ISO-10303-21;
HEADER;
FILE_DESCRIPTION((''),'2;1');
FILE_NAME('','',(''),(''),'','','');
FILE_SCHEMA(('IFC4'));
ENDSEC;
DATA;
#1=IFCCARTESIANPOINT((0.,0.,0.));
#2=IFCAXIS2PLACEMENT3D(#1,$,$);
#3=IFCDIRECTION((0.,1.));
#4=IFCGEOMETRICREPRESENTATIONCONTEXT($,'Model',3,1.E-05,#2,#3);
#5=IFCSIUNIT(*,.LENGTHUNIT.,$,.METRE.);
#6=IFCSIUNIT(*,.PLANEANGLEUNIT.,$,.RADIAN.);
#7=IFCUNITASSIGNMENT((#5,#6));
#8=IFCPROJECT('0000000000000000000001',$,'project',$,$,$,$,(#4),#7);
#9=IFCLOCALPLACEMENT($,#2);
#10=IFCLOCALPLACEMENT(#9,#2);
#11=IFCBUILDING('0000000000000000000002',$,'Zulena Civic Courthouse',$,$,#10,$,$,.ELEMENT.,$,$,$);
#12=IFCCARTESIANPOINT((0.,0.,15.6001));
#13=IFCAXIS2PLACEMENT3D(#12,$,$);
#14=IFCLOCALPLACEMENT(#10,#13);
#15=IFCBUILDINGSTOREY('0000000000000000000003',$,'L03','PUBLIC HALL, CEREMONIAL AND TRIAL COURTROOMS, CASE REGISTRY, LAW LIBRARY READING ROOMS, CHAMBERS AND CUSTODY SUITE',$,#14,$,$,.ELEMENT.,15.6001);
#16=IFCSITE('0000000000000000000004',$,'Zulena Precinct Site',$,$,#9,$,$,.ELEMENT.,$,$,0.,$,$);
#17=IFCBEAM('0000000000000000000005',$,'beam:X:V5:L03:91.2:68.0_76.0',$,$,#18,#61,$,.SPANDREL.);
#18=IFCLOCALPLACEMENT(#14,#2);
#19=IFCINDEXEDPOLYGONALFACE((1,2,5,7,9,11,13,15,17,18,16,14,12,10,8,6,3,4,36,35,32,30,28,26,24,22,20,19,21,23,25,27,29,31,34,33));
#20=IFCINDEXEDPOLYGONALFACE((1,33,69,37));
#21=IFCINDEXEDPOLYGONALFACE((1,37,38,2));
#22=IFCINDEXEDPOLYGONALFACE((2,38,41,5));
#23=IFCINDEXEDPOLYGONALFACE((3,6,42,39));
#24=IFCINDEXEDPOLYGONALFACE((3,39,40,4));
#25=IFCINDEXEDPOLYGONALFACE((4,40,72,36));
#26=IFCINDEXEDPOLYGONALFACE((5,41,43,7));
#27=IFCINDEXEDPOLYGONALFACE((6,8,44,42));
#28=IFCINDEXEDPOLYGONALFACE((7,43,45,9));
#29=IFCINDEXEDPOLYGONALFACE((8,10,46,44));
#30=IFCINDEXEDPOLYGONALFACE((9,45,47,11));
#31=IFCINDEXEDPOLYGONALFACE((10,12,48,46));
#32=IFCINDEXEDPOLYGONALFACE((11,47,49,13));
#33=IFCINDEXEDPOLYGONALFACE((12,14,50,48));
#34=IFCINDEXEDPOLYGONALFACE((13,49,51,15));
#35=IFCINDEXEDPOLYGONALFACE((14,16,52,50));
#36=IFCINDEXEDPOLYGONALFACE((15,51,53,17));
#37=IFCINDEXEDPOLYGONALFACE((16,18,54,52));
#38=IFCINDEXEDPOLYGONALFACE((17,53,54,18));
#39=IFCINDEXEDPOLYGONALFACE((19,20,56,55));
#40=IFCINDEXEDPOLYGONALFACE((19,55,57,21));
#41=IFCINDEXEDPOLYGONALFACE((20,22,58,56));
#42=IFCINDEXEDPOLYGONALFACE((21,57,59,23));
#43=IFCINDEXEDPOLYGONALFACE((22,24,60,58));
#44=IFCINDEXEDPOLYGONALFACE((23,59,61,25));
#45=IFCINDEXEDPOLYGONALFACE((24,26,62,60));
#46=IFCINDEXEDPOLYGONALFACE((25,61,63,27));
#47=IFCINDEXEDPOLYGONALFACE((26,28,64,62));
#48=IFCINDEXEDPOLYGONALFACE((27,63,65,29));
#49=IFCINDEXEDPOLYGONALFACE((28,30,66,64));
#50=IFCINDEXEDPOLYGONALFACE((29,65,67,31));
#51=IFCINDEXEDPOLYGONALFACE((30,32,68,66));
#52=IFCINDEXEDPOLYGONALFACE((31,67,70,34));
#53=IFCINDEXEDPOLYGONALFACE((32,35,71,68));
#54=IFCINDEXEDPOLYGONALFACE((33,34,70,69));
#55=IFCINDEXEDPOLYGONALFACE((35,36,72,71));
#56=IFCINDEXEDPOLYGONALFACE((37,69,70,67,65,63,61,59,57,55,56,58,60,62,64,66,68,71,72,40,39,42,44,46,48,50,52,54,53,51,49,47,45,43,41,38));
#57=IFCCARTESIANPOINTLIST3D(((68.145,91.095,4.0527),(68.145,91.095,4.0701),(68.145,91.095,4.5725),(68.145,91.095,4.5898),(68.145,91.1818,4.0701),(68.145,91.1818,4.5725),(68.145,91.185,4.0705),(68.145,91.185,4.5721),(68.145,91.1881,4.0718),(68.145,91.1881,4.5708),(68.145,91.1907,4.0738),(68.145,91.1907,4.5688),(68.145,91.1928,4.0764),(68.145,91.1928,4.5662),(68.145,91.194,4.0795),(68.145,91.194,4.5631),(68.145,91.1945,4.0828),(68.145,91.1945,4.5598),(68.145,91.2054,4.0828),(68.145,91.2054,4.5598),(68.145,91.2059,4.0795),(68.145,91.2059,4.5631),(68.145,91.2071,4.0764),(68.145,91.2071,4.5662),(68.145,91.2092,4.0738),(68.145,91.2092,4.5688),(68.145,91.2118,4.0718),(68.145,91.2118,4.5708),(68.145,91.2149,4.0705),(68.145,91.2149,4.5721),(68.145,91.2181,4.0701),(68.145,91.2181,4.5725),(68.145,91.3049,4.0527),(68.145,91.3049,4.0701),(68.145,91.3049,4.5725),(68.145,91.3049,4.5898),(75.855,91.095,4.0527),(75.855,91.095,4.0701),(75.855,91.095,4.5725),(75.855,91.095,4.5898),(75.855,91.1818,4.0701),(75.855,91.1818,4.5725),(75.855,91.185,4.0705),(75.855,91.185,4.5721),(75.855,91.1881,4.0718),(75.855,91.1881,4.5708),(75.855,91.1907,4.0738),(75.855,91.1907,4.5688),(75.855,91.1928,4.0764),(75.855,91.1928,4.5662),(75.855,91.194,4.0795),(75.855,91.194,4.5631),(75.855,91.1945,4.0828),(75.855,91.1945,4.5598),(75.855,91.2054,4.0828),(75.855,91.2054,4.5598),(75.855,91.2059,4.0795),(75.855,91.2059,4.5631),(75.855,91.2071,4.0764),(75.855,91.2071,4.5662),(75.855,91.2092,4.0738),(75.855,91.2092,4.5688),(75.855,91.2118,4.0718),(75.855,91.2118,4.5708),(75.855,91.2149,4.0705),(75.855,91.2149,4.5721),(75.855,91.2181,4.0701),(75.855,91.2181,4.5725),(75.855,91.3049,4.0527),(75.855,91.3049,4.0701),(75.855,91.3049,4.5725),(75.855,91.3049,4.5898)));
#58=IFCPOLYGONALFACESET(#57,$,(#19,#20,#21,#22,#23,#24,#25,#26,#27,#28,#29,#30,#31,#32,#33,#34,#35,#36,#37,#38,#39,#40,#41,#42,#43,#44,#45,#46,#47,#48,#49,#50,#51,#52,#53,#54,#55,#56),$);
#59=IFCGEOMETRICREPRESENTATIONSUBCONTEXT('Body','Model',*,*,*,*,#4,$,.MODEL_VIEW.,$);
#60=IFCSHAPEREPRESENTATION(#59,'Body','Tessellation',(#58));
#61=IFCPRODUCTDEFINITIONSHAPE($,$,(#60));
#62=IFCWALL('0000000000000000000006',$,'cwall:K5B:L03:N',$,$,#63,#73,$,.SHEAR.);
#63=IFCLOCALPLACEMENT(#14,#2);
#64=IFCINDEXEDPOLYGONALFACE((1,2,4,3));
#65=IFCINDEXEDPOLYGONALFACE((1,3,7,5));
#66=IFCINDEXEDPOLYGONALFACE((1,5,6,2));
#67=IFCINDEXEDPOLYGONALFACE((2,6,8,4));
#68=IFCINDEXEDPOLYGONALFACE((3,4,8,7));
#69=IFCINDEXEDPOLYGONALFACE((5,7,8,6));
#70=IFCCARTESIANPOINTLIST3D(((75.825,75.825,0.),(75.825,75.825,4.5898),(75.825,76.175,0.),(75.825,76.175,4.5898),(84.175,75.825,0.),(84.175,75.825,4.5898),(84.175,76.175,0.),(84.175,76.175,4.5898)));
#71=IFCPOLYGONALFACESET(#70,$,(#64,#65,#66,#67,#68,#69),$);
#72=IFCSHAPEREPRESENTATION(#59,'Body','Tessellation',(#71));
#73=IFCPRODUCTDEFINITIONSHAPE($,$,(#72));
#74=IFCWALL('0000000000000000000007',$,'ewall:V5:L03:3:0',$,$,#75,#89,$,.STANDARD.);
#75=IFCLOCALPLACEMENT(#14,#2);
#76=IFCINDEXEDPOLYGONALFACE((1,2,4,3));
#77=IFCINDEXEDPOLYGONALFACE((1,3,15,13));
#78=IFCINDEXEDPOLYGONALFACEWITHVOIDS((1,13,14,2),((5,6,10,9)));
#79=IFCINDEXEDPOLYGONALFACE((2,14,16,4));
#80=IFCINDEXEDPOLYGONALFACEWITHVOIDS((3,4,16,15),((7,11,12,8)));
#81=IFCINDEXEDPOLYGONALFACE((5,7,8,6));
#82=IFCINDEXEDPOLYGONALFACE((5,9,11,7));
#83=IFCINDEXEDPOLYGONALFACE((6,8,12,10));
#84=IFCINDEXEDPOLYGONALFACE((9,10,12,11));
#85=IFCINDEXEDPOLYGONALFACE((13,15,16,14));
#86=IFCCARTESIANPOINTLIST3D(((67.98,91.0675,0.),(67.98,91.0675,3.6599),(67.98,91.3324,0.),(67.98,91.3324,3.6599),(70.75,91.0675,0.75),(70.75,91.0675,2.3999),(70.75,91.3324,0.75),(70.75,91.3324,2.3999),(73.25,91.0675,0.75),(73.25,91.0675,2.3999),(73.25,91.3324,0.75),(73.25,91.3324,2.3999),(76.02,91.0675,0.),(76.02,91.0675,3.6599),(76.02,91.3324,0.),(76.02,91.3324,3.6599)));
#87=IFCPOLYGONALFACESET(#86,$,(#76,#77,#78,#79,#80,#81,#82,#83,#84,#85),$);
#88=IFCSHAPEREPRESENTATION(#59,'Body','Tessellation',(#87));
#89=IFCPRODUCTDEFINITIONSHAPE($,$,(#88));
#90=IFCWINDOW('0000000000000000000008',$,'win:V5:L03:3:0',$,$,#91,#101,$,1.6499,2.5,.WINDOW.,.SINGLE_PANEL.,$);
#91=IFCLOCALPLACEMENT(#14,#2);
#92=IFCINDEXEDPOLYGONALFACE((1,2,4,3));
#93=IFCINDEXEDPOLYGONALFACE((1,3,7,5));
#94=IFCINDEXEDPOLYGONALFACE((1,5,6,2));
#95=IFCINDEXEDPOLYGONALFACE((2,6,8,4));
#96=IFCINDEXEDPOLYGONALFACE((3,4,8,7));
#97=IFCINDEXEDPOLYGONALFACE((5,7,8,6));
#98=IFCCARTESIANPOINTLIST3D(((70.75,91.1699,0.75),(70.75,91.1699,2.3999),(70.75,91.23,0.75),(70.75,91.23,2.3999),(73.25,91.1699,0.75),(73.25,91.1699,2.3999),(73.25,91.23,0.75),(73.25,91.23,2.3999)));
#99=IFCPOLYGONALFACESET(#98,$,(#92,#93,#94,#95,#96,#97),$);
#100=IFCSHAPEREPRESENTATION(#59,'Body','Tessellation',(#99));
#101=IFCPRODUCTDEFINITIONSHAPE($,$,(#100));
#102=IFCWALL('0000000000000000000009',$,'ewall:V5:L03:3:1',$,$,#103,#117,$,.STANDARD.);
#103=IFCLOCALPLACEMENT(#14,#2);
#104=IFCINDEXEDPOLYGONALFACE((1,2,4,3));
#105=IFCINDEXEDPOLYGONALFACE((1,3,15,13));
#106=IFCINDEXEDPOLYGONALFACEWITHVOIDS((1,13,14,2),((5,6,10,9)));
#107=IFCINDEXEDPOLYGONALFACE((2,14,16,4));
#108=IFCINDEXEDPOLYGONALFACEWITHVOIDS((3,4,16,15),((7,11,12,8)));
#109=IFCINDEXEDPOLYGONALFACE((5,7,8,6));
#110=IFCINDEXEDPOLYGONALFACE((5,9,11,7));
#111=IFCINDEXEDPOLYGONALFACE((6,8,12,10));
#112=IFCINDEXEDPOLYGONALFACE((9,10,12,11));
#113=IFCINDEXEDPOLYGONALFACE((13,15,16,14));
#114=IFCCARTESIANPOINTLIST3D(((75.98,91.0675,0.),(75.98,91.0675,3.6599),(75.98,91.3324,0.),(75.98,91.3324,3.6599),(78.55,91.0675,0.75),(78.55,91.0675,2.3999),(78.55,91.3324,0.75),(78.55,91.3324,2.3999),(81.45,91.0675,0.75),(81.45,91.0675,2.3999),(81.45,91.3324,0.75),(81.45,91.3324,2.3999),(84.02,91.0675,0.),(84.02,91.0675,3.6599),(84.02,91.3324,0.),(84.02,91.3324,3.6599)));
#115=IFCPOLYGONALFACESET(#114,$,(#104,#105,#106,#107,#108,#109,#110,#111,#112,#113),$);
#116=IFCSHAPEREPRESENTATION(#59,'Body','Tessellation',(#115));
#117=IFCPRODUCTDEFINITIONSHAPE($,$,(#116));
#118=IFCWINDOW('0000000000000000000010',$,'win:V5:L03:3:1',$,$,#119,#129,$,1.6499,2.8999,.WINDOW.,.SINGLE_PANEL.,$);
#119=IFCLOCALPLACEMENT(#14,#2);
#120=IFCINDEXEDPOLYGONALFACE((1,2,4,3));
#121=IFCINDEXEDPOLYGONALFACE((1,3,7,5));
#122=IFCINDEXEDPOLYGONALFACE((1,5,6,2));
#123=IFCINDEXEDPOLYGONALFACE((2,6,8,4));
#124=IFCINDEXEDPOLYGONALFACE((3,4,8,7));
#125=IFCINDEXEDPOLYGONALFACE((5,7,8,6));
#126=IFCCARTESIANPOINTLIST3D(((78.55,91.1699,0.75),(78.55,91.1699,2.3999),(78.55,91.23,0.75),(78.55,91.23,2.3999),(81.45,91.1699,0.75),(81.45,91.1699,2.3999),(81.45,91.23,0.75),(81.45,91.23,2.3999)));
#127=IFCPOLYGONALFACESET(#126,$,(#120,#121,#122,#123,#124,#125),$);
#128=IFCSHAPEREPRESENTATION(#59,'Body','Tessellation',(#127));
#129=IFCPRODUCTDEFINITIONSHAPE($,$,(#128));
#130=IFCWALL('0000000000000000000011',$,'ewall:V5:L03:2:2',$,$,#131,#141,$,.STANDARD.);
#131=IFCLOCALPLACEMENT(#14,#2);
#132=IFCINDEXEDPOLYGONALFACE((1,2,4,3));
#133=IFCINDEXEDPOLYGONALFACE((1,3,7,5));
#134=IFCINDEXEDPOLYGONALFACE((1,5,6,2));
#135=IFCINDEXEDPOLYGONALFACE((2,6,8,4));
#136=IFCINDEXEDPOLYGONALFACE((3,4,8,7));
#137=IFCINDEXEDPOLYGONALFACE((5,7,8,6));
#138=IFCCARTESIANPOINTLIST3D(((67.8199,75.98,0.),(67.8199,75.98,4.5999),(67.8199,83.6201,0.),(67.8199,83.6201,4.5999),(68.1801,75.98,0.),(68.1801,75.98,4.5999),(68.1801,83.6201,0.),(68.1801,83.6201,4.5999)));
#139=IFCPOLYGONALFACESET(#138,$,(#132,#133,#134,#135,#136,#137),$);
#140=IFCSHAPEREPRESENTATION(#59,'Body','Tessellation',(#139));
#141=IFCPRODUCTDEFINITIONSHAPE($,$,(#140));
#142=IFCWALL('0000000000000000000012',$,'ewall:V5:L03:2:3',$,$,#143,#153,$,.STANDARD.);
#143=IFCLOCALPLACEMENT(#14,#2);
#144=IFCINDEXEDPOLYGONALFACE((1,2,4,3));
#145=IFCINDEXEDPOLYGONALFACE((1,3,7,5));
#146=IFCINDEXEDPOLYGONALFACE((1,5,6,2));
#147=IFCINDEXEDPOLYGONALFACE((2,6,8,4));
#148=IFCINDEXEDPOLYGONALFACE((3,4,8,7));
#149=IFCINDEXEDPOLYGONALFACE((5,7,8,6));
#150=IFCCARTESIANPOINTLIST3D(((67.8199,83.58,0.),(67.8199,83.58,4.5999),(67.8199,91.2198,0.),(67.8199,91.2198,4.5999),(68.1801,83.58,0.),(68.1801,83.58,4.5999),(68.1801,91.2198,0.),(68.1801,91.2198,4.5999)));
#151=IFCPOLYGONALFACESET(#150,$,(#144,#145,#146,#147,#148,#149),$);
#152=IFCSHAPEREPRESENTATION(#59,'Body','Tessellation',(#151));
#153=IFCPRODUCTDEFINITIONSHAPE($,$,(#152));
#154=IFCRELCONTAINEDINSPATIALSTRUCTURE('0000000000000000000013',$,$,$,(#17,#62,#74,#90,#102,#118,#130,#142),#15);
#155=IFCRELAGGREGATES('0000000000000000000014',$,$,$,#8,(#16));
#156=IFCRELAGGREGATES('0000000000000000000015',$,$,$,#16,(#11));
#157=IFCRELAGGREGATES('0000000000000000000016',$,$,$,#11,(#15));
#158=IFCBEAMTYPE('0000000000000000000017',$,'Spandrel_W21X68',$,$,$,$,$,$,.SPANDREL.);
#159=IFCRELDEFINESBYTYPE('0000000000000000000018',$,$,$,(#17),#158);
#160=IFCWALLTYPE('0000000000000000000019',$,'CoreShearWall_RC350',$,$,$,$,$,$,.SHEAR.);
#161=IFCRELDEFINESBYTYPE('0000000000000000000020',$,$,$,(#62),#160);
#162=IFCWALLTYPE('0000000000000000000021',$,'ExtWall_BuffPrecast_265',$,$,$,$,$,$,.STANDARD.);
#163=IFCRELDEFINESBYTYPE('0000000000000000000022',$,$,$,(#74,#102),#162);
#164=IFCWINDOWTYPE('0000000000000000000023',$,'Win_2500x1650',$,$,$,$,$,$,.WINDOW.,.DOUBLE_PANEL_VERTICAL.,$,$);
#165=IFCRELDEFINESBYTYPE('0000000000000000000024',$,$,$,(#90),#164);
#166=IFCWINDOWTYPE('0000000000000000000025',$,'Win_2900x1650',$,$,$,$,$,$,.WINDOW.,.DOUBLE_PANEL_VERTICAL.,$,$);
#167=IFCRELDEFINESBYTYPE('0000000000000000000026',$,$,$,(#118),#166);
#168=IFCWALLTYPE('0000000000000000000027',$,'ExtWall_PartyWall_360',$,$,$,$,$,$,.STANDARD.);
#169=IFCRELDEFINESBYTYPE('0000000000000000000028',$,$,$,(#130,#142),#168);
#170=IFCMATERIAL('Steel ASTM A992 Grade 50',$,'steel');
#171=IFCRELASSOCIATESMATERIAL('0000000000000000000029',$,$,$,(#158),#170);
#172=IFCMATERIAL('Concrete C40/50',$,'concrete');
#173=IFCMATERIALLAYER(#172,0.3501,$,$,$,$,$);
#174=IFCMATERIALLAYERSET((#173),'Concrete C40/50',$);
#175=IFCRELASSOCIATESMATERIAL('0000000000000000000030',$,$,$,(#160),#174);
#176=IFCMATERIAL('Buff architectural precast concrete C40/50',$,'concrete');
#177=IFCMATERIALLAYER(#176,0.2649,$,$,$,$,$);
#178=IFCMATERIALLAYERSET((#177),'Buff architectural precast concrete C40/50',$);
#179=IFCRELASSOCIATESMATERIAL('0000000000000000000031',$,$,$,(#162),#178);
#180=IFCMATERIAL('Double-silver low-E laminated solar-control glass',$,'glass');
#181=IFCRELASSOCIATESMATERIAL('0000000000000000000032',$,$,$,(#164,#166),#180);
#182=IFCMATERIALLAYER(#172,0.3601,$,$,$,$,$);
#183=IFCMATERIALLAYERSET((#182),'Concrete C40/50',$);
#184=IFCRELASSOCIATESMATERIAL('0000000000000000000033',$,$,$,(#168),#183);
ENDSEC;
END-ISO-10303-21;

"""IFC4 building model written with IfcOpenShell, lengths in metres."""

from ifc_helpers import new_model, si_unit, direction, frame, frame_2d, origin, origin_2d, place, context, subcontext, project, spatial, rectangle, i_section, extrude, material, layer, layer_set, material_profile, profile_set, type_object, element, fill, save


model = new_model("IFC4")

# Units and contexts
model_context = context("Model", 3, precision=1e-05, world=origin(), true_north=direction((0.0, 1.0)))
body_context = subcontext(model_context, "Body", "Model", "MODEL_VIEW")
ifc_project = project(units=[si_unit("LENGTHUNIT", "METRE"), si_unit("PLANEANGLEUNIT", "RADIAN")], contexts=[model_context])

# Site, building, storey
site_placement = place(None, origin())
site = spatial("IfcSite", under=ifc_project, at=site_placement, Name="Zulena Precinct Site", CompositionType="ELEMENT", RefElevation=0.0)
building_placement = place(site_placement, origin())
building = spatial("IfcBuilding", under=site, at=building_placement, Name="Zulena Civic Courthouse", CompositionType="ELEMENT")
storey_placement = place(building_placement, frame((0.0, 0.0, 15.6001)))
storey = spatial("IfcBuildingStorey", under=building, at=storey_placement, Name="L03", Description="PUBLIC HALL, CEREMONIAL AND TRIAL COURTROOMS, CASE REGISTRY, LAW LIBRARY READING ROOMS, CHAMBERS AND CUSTODY SUITE", CompositionType="ELEMENT", Elevation=15.6001)

# Shared definitions
ifc_material_1 = material(Name="Steel ASTM A992 Grade 50", Category="steel")

# Beam
ifc_material_profile_1 = material_profile(ifc_material_1, i_section(OverallWidth=0.21, OverallDepth=0.5371, WebThickness=0.011, FlangeThickness=0.0173, FilletRadius=0.0127, at=origin_2d()), Name="W21X68")
ifc_profile_set_1 = profile_set([ifc_material_profile_1], Name="Steel ASTM A992 Grade 50")
beam_type_1 = type_object("IfcBeamType", Name="Spandrel_W21X68", PredefinedType="SPANDREL", material=ifc_profile_set_1)
for number, where, z_axis, x_axis, name in (
    (1, (68.145, 91.2, 4.3213), (1.0, 0.0, 0.0), (0.0, 1.0, 0.0), "beam:X:V5:L03:91.2:68.0_76.0"),
):
    element("IfcBeam", number, at=place(storey_placement, frame(where, z_axis=z_axis, x_axis=x_axis)), inside=storey, type_object=beam_type_1, Name=name, PredefinedType="SPANDREL", context=body_context, shape_type="SweptSolid", body=[
        extrude(i_section(OverallWidth=0.21, OverallDepth=0.5371, WebThickness=0.011, FlangeThickness=0.0173, FilletRadius=0.0127, at=origin_2d()), origin(), (0.0, 0.0, 1.0), 7.71),
    ])

# Wall
ifc_material_2 = material(Name="Concrete C40/50", Category="concrete")
ifc_layer_1 = layer(ifc_material_2, 0.3501)
ifc_layer_set_1 = layer_set([ifc_layer_1], Name="Concrete C40/50")
wall_type_1 = type_object("IfcWallType", Name="CoreShearWall_RC350", PredefinedType="SHEAR", material=ifc_layer_set_1)
wall_1_placement = place(storey_placement, frame((75.825, 76.0, 0.0), z_axis=(0.0, 0.0, 1.0), x_axis=(1.0, 0.0, 0.0)))
element("IfcWall", 2, at=wall_1_placement, inside=storey, type_object=wall_type_1, Name="cwall:K5B:L03:N", PredefinedType="SHEAR", context=body_context, shape_type="SweptSolid", body=[
    extrude(rectangle(XDim=8.3501, YDim=0.3501, at=frame_2d((4.175, 0.0))), origin(), (0.0, 0.0, 1.0), 4.5898),
])

# Walls, openings, windows
ifc_material_3 = material(Name="Buff architectural precast concrete C40/50", Category="concrete")
ifc_layer_2 = layer(ifc_material_3, 0.2649)
ifc_layer_set_2 = layer_set([ifc_layer_2], Name="Buff architectural precast concrete C40/50")
wall_type_2 = type_object("IfcWallType", Name="ExtWall_BuffPrecast_265", PredefinedType="STANDARD", material=ifc_layer_set_2)
wall_2_placement = place(storey_placement, frame((67.98, 91.2, 0.0), z_axis=(0.0, 0.0, 1.0), x_axis=(1.0, 0.0, 0.0)))
wall_2 = element("IfcWall", 3, at=wall_2_placement, inside=storey, type_object=wall_type_2, Name="ewall:V5:L03:3:0", PredefinedType="STANDARD", context=body_context, shape_type="SweptSolid", body=[
    extrude(rectangle(XDim=8.04, YDim=0.2649, at=frame_2d((4.02, 0.0))), origin(), (0.0, 0.0, 1.0), 3.6599),
])
opening_1_placement = place(wall_2_placement, frame((2.77, 0.0, 0.75)))
opening_1 = element("IfcOpeningElement", 4, at=opening_1_placement, cuts=wall_2, PredefinedType="OPENING", context=body_context, shape_type="SweptSolid", body=[
    extrude(rectangle(XDim=2.5, YDim=1.6499, at=frame_2d((1.25, 0.825))), frame((0.0, 0.1423, 0.0), z_axis=(0.0, -1.0, 0.0), x_axis=(1.0, 0.0, 0.0)), (0.0, 0.0, 1.0), 0.2849),
])
ifc_material_4 = material(Name="Double-silver low-E laminated solar-control glass", Category="glass")
window_type_1 = type_object("IfcWindowType", Name="Win_2500x1650", PartitioningType="DOUBLE_PANEL_VERTICAL", PredefinedType="WINDOW", material=ifc_material_4)
window_1_placement = place(opening_1_placement, origin())
window_1 = element("IfcWindow", 5, at=window_1_placement, inside=storey, type_object=window_type_1, Name="win:V5:L03:3:0", OverallHeight=1.6499, OverallWidth=2.5, PartitioningType="SINGLE_PANEL", PredefinedType="WINDOW", context=body_context, shape_type="SweptSolid", body=[
    extrude(rectangle(XDim=2.5, YDim=1.6499, at=frame_2d((1.25, 0.825))), frame((0.0, 0.03, 0.0), z_axis=(0.0, -1.0, 0.0), x_axis=(1.0, 0.0, 0.0)), (0.0, 0.0, 1.0), 0.0601),
])
fill(opening_1, window_1)
wall_3_placement = place(storey_placement, frame((75.98, 91.2, 0.0), z_axis=(0.0, 0.0, 1.0), x_axis=(1.0, 0.0, 0.0)))
wall_3 = element("IfcWall", 6, at=wall_3_placement, inside=storey, type_object=wall_type_2, Name="ewall:V5:L03:3:1", PredefinedType="STANDARD", context=body_context, shape_type="SweptSolid", body=[
    extrude(rectangle(XDim=8.04, YDim=0.2649, at=frame_2d((4.02, 0.0))), origin(), (0.0, 0.0, 1.0), 3.6599),
])
opening_2_placement = place(wall_3_placement, frame((2.5701, 0.0, 0.75)))
opening_2 = element("IfcOpeningElement", 7, at=opening_2_placement, cuts=wall_3, PredefinedType="OPENING", context=body_context, shape_type="SweptSolid", body=[
    extrude(rectangle(XDim=2.8999, YDim=1.6499, at=frame_2d((1.45, 0.825))), frame((0.0, 0.1423, 0.0), z_axis=(0.0, -1.0, 0.0), x_axis=(1.0, 0.0, 0.0)), (0.0, 0.0, 1.0), 0.2849),
])
window_type_2 = type_object("IfcWindowType", Name="Win_2900x1650", PartitioningType="DOUBLE_PANEL_VERTICAL", PredefinedType="WINDOW", material=ifc_material_4)
window_2_placement = place(opening_2_placement, origin())
window_2 = element("IfcWindow", 8, at=window_2_placement, inside=storey, type_object=window_type_2, Name="win:V5:L03:3:1", OverallHeight=1.6499, OverallWidth=2.8999, PartitioningType="SINGLE_PANEL", PredefinedType="WINDOW", context=body_context, shape_type="SweptSolid", body=[
    extrude(rectangle(XDim=2.8999, YDim=1.6499, at=frame_2d((1.45, 0.825))), frame((0.0, 0.03, 0.0), z_axis=(0.0, -1.0, 0.0), x_axis=(1.0, 0.0, 0.0)), (0.0, 0.0, 1.0), 0.0601),
])
fill(opening_2, window_2)

# Walls
ifc_layer_3 = layer(ifc_material_2, 0.3601)
ifc_layer_set_3 = layer_set([ifc_layer_3], Name="Concrete C40/50")
wall_type_3 = type_object("IfcWallType", Name="ExtWall_PartyWall_360", PredefinedType="STANDARD", material=ifc_layer_set_3)
wall_4_placement = place(storey_placement, frame((68.0, 75.98, 0.0), z_axis=(0.0, 0.0, 1.0), x_axis=(0.0, 1.0, 0.0)))
element("IfcWall", 9, at=wall_4_placement, inside=storey, type_object=wall_type_3, Name="ewall:V5:L03:2:2", PredefinedType="STANDARD", context=body_context, shape_type="SweptSolid", body=[
    extrude(rectangle(XDim=7.6401, YDim=0.3601, at=frame_2d((3.8201, 0.0))), origin(), (0.0, 0.0, 1.0), 4.5999),
])
wall_5_placement = place(storey_placement, frame((68.0, 83.5801, 0.0), z_axis=(0.0, 0.0, 1.0), x_axis=(0.0, 1.0, 0.0)))
element("IfcWall", 10, at=wall_5_placement, inside=storey, type_object=wall_type_3, Name="ewall:V5:L03:2:3", PredefinedType="STANDARD", context=body_context, shape_type="SweptSolid", body=[
    extrude(rectangle(XDim=7.6399, YDim=0.3601, at=frame_2d((3.8198, 0.0))), origin(), (0.0, 0.0, 1.0), 4.5999),
])

save(model, "model.ifc")
